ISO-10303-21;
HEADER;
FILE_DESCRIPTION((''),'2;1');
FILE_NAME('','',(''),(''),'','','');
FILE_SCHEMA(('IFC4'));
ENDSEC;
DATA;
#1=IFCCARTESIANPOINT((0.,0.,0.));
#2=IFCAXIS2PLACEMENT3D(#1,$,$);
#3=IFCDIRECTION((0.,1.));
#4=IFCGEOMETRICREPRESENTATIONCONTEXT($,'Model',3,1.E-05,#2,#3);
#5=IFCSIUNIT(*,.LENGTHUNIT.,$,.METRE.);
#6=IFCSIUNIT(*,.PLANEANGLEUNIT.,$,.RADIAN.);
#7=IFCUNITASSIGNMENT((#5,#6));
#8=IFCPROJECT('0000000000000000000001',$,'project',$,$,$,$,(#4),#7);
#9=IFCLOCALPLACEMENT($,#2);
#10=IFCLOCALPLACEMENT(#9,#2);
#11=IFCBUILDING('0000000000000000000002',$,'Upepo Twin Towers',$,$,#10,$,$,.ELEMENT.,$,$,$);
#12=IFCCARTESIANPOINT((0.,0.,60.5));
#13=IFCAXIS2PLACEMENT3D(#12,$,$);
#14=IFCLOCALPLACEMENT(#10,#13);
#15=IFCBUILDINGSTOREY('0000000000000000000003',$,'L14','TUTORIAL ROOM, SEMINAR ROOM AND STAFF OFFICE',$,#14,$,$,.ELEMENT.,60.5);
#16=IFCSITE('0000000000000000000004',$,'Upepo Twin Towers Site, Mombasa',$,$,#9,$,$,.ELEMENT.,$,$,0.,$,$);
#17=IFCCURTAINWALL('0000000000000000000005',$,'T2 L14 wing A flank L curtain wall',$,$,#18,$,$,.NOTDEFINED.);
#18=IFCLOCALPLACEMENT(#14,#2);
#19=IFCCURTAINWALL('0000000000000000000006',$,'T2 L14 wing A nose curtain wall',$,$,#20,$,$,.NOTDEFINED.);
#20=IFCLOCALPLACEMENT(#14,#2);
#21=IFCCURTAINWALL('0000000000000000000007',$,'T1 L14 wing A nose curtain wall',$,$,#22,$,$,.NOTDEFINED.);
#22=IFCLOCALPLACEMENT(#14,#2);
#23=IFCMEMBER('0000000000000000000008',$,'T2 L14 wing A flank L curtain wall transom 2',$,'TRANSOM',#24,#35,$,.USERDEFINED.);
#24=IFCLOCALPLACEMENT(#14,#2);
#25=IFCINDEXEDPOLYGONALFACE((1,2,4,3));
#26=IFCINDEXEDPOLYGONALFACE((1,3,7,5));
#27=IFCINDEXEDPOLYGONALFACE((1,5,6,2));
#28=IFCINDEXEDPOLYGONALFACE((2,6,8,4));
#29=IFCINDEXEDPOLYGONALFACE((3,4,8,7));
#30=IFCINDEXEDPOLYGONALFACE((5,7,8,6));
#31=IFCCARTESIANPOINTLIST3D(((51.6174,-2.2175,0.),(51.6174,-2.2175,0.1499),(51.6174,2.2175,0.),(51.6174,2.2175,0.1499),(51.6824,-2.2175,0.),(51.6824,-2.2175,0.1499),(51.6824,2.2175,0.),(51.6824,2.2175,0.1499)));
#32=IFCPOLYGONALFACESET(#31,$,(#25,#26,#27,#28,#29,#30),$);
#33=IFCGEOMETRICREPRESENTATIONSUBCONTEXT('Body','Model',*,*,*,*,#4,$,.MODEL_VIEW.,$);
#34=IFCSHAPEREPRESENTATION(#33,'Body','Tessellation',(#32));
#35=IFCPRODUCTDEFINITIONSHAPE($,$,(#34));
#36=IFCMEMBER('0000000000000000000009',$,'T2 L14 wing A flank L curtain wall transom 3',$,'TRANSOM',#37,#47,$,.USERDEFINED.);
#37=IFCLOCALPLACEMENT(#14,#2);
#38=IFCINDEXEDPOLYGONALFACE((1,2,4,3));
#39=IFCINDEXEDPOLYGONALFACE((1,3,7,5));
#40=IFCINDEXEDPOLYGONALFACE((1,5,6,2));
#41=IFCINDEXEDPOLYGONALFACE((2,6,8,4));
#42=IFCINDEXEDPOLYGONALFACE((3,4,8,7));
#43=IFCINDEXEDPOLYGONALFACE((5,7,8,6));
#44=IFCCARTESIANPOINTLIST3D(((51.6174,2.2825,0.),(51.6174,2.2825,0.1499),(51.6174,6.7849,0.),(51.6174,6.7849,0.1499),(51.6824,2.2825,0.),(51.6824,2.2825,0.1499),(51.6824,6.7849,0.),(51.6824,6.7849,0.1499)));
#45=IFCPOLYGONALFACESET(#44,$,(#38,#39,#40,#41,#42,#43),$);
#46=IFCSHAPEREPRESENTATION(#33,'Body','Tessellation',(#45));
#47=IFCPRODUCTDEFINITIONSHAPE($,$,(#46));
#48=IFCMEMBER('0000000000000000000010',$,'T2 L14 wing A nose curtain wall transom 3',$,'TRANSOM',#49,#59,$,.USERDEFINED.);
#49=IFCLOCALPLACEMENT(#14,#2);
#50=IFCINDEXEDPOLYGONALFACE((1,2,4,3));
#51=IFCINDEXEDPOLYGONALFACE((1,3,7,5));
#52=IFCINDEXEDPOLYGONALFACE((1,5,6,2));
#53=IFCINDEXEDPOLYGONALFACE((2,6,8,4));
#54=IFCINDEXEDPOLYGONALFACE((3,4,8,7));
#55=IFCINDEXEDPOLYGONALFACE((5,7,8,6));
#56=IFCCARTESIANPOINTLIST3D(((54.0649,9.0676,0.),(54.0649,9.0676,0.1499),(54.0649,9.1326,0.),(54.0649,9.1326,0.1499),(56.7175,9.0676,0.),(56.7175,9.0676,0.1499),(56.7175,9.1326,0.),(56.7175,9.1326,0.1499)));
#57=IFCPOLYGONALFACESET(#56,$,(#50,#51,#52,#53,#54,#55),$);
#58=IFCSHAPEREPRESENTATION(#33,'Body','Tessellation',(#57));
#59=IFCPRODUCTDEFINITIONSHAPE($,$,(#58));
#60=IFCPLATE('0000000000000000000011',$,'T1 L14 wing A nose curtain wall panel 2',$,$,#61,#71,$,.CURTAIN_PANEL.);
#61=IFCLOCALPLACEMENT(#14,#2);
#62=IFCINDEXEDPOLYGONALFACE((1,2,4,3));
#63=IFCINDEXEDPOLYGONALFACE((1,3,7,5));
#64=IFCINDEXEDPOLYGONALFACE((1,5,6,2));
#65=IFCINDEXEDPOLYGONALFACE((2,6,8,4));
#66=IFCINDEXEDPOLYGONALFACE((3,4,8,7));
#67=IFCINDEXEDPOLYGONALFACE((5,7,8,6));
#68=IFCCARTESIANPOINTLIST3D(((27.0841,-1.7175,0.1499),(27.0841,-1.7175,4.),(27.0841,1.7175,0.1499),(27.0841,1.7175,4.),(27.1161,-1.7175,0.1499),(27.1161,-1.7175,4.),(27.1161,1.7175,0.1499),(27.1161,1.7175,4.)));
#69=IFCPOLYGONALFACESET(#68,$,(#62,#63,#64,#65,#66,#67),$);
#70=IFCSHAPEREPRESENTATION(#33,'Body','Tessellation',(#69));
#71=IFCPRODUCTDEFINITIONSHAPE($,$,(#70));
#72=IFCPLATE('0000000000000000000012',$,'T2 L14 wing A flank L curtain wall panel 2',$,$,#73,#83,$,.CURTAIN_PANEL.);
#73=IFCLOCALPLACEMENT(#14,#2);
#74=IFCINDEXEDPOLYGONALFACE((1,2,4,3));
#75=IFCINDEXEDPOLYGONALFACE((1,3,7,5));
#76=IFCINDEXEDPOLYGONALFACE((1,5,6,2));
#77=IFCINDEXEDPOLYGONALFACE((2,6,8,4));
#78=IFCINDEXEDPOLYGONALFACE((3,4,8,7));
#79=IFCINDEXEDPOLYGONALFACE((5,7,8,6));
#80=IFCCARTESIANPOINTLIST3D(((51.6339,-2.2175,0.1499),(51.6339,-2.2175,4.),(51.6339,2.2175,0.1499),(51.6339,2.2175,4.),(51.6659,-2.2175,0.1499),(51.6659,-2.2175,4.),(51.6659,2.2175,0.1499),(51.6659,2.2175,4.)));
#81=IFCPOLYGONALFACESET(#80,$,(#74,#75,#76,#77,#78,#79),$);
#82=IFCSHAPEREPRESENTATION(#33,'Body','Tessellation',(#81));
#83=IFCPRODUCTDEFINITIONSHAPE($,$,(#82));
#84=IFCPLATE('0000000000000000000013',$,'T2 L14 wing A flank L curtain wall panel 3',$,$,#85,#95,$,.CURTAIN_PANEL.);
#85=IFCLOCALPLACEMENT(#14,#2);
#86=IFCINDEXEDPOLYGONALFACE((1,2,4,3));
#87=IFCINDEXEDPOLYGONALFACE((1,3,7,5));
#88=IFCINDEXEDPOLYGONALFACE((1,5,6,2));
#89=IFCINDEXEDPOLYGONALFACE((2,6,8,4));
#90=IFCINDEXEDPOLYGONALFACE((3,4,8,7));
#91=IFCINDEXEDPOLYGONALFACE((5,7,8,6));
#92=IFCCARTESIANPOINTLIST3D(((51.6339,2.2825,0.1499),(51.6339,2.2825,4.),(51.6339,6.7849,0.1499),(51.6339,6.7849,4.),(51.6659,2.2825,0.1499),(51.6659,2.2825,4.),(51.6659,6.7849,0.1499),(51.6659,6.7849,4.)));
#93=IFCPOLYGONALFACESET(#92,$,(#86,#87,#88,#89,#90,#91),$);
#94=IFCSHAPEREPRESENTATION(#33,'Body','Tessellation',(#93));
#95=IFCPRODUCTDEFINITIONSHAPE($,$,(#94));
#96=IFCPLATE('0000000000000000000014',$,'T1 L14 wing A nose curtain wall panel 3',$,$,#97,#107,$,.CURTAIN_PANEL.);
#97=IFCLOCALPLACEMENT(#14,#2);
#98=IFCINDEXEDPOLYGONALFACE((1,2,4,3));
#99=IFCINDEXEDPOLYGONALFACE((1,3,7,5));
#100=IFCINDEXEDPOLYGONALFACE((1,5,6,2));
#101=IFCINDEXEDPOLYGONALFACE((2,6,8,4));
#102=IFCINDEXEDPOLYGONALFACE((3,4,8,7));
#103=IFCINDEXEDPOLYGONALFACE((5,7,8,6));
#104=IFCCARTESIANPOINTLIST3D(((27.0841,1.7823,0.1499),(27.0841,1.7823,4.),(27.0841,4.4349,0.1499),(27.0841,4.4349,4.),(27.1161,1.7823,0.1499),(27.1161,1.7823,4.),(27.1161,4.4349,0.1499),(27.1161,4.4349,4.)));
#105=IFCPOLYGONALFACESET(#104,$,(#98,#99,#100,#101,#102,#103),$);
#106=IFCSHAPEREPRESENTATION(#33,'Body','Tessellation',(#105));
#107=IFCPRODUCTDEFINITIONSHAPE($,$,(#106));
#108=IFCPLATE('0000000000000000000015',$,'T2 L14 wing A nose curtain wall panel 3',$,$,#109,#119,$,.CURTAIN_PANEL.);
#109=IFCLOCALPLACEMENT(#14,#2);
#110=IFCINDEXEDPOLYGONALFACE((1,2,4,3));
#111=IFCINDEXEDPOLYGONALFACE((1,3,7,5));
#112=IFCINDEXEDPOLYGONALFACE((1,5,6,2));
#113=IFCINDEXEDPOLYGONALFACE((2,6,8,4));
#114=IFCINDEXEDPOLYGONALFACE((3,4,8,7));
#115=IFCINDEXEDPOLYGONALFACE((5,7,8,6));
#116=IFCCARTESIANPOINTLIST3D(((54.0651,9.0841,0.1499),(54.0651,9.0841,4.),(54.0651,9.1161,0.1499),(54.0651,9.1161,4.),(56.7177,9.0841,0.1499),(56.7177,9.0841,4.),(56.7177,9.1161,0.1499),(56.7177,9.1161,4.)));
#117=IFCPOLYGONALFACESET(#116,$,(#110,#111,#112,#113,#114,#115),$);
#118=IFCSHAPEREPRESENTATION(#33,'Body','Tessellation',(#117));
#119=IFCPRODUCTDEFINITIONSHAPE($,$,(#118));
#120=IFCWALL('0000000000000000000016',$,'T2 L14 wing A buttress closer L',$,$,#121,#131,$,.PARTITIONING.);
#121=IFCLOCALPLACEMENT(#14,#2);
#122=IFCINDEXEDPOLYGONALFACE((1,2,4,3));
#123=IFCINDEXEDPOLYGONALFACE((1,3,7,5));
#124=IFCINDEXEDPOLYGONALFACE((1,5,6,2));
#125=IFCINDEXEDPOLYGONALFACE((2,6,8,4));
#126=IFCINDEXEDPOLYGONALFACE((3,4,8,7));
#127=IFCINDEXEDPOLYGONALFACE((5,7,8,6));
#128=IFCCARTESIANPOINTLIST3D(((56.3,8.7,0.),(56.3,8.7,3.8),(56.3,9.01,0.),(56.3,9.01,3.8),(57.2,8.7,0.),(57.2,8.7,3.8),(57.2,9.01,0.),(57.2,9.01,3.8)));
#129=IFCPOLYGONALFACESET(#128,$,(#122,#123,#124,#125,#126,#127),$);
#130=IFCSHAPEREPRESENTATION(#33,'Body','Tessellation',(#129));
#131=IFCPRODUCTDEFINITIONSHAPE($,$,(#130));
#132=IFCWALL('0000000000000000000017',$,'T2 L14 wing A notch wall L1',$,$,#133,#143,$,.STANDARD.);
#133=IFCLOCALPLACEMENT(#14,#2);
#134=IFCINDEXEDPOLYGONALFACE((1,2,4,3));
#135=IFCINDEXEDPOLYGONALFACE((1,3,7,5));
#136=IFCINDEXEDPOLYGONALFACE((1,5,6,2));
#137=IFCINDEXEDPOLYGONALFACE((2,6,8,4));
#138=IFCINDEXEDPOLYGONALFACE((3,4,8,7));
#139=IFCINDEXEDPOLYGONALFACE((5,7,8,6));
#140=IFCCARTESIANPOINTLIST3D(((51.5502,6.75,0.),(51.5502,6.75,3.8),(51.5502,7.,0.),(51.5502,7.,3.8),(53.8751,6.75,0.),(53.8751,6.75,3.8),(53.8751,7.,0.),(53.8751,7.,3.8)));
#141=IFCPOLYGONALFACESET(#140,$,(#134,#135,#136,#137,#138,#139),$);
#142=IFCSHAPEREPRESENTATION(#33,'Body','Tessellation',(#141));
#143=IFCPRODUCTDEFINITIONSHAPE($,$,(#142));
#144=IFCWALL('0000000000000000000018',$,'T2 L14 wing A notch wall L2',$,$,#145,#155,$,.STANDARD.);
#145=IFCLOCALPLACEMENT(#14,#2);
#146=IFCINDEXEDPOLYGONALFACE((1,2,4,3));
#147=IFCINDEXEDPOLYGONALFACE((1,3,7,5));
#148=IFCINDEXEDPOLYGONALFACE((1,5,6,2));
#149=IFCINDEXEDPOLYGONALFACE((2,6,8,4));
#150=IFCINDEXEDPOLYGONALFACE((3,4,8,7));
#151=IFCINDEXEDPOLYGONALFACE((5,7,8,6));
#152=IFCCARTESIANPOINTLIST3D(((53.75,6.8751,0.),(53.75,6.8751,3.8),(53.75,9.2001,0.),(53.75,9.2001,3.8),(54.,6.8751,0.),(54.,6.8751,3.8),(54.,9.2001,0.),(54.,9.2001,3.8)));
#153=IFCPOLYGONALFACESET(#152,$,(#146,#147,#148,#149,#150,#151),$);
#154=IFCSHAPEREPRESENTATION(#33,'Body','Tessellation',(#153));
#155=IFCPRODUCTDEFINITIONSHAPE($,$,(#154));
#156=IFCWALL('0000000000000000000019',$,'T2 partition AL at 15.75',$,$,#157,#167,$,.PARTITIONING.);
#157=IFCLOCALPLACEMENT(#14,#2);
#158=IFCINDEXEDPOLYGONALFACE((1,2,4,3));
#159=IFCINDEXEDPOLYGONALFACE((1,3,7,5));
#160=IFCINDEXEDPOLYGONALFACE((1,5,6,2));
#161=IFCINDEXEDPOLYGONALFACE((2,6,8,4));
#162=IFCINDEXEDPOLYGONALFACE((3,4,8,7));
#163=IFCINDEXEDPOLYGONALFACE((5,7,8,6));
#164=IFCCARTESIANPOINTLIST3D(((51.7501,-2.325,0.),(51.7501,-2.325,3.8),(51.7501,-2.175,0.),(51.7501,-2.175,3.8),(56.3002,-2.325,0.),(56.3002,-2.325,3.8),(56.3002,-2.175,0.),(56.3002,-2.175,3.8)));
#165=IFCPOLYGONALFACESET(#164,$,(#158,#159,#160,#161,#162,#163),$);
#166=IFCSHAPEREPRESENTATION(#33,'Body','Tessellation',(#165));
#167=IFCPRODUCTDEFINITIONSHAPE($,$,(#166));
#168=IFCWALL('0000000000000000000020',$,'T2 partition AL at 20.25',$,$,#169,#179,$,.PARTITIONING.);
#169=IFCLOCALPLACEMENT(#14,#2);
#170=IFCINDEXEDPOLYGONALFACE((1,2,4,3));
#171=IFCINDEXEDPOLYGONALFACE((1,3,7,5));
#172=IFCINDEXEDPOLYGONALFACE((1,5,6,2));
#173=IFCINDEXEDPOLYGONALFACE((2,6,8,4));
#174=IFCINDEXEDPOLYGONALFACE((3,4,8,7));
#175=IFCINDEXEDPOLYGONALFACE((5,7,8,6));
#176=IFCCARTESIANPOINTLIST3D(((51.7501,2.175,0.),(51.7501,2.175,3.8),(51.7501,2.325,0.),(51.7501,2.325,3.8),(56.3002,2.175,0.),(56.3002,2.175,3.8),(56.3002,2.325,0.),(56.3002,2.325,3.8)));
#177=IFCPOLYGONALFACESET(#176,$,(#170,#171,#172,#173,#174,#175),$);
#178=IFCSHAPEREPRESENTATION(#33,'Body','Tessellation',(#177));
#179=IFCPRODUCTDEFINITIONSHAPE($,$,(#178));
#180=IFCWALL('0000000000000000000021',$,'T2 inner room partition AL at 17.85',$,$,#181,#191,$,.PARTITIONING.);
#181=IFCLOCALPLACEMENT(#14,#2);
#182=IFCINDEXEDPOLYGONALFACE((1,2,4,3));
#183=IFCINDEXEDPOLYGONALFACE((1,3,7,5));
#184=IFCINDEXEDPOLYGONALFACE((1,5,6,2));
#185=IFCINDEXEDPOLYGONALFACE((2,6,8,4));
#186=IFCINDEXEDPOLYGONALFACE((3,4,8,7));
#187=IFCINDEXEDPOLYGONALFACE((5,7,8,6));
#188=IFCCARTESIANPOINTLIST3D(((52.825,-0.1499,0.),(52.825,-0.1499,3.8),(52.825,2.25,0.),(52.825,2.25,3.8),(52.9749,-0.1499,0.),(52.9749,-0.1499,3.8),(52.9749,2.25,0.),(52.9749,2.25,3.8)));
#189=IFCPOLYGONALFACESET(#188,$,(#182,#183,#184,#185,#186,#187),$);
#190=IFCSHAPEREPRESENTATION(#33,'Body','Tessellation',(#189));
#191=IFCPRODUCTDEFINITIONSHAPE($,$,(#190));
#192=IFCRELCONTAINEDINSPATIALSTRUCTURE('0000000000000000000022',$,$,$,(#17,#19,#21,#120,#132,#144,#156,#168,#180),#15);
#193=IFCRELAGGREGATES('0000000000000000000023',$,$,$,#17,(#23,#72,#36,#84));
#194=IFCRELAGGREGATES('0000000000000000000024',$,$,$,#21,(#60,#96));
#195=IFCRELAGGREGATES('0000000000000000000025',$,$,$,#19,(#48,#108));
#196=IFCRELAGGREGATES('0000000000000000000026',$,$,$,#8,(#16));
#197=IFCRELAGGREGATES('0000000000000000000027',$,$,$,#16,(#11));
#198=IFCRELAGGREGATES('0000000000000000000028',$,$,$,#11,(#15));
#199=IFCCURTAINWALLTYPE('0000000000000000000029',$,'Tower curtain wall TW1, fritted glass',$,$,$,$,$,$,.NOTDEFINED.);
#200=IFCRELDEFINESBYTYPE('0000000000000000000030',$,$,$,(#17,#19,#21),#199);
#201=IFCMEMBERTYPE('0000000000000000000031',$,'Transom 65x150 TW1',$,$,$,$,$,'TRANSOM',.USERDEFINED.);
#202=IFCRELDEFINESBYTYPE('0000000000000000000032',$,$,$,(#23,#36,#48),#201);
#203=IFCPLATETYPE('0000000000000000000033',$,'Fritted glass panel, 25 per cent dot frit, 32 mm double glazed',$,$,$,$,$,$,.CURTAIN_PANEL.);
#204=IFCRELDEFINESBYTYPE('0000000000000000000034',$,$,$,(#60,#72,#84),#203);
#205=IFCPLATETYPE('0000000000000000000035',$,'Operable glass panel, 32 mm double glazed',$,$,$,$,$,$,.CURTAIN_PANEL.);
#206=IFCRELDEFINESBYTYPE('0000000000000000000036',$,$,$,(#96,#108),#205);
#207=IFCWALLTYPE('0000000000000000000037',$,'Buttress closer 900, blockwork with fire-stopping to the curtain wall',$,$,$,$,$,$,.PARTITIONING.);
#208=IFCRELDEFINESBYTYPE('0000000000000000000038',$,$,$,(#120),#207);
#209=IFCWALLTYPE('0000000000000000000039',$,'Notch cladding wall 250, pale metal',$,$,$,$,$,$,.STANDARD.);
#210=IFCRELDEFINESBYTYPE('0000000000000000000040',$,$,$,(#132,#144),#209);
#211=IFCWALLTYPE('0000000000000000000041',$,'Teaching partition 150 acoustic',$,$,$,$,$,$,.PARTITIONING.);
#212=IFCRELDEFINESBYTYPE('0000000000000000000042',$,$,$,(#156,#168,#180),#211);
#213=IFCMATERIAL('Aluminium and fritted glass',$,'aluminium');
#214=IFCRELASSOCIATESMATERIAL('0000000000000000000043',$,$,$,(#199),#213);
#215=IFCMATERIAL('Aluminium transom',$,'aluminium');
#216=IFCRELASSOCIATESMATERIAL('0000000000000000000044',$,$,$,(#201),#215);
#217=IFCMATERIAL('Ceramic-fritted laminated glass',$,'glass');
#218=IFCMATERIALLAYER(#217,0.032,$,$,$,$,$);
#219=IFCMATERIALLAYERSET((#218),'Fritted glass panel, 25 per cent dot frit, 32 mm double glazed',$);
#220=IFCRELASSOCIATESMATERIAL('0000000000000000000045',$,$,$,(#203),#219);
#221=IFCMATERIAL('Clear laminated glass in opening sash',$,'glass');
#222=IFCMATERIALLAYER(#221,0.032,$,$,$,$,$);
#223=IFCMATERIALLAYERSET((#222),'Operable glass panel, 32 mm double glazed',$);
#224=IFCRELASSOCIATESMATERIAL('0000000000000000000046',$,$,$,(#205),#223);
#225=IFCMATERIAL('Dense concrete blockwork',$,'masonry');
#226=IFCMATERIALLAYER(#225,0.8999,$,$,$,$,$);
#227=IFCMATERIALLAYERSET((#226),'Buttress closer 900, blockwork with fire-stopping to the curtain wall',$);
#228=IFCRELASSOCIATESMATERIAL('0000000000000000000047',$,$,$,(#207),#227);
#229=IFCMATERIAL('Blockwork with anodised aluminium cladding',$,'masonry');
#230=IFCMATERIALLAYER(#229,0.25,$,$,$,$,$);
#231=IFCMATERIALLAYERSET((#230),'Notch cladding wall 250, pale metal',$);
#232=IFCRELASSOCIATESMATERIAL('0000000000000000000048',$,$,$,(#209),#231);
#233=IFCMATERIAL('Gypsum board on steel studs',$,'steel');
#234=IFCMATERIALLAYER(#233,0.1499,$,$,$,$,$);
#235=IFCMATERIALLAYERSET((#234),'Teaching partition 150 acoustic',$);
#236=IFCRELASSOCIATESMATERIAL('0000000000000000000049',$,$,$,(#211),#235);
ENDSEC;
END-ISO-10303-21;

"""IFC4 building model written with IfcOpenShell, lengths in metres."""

from ifc_helpers import new_model, si_unit, direction, frame, frame_2d, origin, origin_2d, place, context, subcontext, project, spatial, rectangle, extrude, material, layer, layer_set, material_profile, profile_set, type_object, element, aggregate, save


model = new_model("IFC4")

# Units and contexts
model_context = context("Model", 3, precision=1e-05, world=origin(), true_north=direction((0.0, 1.0)))
body_context = subcontext(model_context, "Body", "Model", "MODEL_VIEW")
ifc_project = project(units=[si_unit("LENGTHUNIT", "METRE"), si_unit("PLANEANGLEUNIT", "RADIAN")], contexts=[model_context])

# Site, building, storey
site_placement = place(None, origin())
site = spatial("IfcSite", under=ifc_project, at=site_placement, Name="Upepo Twin Towers Site, Mombasa", CompositionType="ELEMENT", RefElevation=0.0)
building_placement = place(site_placement, origin())
building = spatial("IfcBuilding", under=site, at=building_placement, Name="Upepo Twin Towers", CompositionType="ELEMENT")
storey_placement = place(building_placement, frame((0.0, 0.0, 60.5)))
storey = spatial("IfcBuildingStorey", under=building, at=storey_placement, Name="L14", Description="TUTORIAL ROOM, SEMINAR ROOM AND STAFF OFFICE", CompositionType="ELEMENT", Elevation=60.5)

# Curtain walls
ifc_material_1 = material(Name="Aluminium and fritted glass", Category="aluminium")
curtain_wall_type = type_object("IfcCurtainWallType", Name="Tower curtain wall TW1, fritted glass", PredefinedType="NOTDEFINED", material=ifc_material_1)
curtain_wall_1_placement = place(storey_placement, origin())
curtain_wall_1 = element("IfcCurtainWall", 1, at=curtain_wall_1_placement, inside=storey, type_object=curtain_wall_type, Name="T2 L14 wing A flank L curtain wall", PredefinedType="NOTDEFINED")
curtain_wall_2_placement = place(storey_placement, origin())
curtain_wall_2 = element("IfcCurtainWall", 2, at=curtain_wall_2_placement, inside=storey, type_object=curtain_wall_type, Name="T2 L14 wing A nose curtain wall", PredefinedType="NOTDEFINED")
curtain_wall_3_placement = place(storey_placement, origin())
curtain_wall_3 = element("IfcCurtainWall", 3, at=curtain_wall_3_placement, inside=storey, type_object=curtain_wall_type, Name="T1 L14 wing A nose curtain wall", PredefinedType="NOTDEFINED")
ifc_material_2 = material(Name="Aluminium transom", Category="aluminium")
ifc_material_profile_1 = material_profile(ifc_material_2, rectangle(XDim=0.0649, YDim=0.1499, at=origin_2d()), Name="TRANSOM 65x150")
ifc_profile_set_1 = profile_set([ifc_material_profile_1], Name="Aluminium transom")
member_type_1 = type_object("IfcMemberType", Name="Transom 65x150 TW1", ElementType="TRANSOM", PredefinedType="USERDEFINED", material=ifc_profile_set_1)

# Members
member_1_placement = place(storey_placement, frame((51.6499, -2.2175, 0.075), z_axis=(0.0, 1.0, 0.0), x_axis=(-1.0, 0.0, 0.0)))
member_1 = element("IfcMember", 4, at=member_1_placement, type_object=member_type_1, Name="T2 L14 wing A flank L curtain wall transom 2", ObjectType="TRANSOM", PredefinedType="USERDEFINED", context=body_context, shape_type="SweptSolid", body=[
    extrude(rectangle(XDim=0.0649, YDim=0.1499, at=origin_2d()), origin(), (0.0, 0.0, 1.0), 4.4351),
])
member_2_placement = place(storey_placement, frame((51.6499, 2.2825, 0.075), z_axis=(0.0, 1.0, 0.0), x_axis=(-1.0, 0.0, 0.0)))
member_2 = element("IfcMember", 5, at=member_2_placement, type_object=member_type_1, Name="T2 L14 wing A flank L curtain wall transom 3", ObjectType="TRANSOM", PredefinedType="USERDEFINED", context=body_context, shape_type="SweptSolid", body=[
    extrude(rectangle(XDim=0.0649, YDim=0.1499, at=origin_2d()), origin(), (0.0, 0.0, 1.0), 4.5024),
])
member_3_placement = place(storey_placement, frame((56.7175, 9.1001, 0.075), z_axis=(-1.0, 0.0, 0.0), x_axis=(0.0, -1.0, 0.0)))
member_3 = element("IfcMember", 6, at=member_3_placement, type_object=member_type_1, Name="T2 L14 wing A nose curtain wall transom 3", ObjectType="TRANSOM", PredefinedType="USERDEFINED", context=body_context, shape_type="SweptSolid", body=[
    extrude(rectangle(XDim=0.0649, YDim=0.1499, at=origin_2d()), origin(), (0.0, 0.0, 1.0), 2.6526),
])

# Plates
ifc_material_3 = material(Name="Ceramic-fritted laminated glass", Category="glass")
ifc_layer_1 = layer(ifc_material_3, 0.032)
ifc_layer_set_1 = layer_set([ifc_layer_1], Name="Fritted glass panel, 25 per cent dot frit, 32 mm double glazed")
plate_type_1 = type_object("IfcPlateType", Name="Fritted glass panel, 25 per cent dot frit, 32 mm double glazed", PredefinedType="CURTAIN_PANEL", material=ifc_layer_set_1)
plate_1_placement = place(storey_placement, frame((27.1001, 0.0, 0.1499), z_axis=(0.0, 0.0, 1.0), x_axis=(0.0, 1.0, 0.0)))
plate_1 = element("IfcPlate", 7, at=plate_1_placement, type_object=plate_type_1, Name="T1 L14 wing A nose curtain wall panel 2", PredefinedType="CURTAIN_PANEL", context=body_context, shape_type="SweptSolid", body=[
    extrude(rectangle(XDim=3.4351, YDim=0.032, at=origin_2d()), origin(), (0.0, 0.0, 1.0), 3.8501),
])
plate_2_placement = place(storey_placement, frame((51.6499, 0.0, 0.1499), z_axis=(0.0, 0.0, 1.0), x_axis=(0.0, 1.0, 0.0)))
plate_2 = element("IfcPlate", 8, at=plate_2_placement, type_object=plate_type_1, Name="T2 L14 wing A flank L curtain wall panel 2", PredefinedType="CURTAIN_PANEL", context=body_context, shape_type="SweptSolid", body=[
    extrude(rectangle(XDim=4.4351, YDim=0.032, at=origin_2d()), origin(), (0.0, 0.0, 1.0), 3.8501),
])
plate_3_placement = place(storey_placement, frame((51.6499, 4.5337, 0.1499), z_axis=(0.0, 0.0, 1.0), x_axis=(0.0, 1.0, 0.0)))
plate_3 = element("IfcPlate", 9, at=plate_3_placement, type_object=plate_type_1, Name="T2 L14 wing A flank L curtain wall panel 3", PredefinedType="CURTAIN_PANEL", context=body_context, shape_type="SweptSolid", body=[
    extrude(rectangle(XDim=4.5024, YDim=0.032, at=origin_2d()), origin(), (0.0, 0.0, 1.0), 3.8501),
])
aggregate(curtain_wall_1, [member_1, plate_2, member_2, plate_3])
ifc_material_4 = material(Name="Clear laminated glass in opening sash", Category="glass")
ifc_layer_2 = layer(ifc_material_4, 0.032)
ifc_layer_set_2 = layer_set([ifc_layer_2], Name="Operable glass panel, 32 mm double glazed")
plate_type_2 = type_object("IfcPlateType", Name="Operable glass panel, 32 mm double glazed", PredefinedType="CURTAIN_PANEL", material=ifc_layer_set_2)
plate_4_placement = place(storey_placement, frame((27.1001, 3.1086, 0.1499), z_axis=(0.0, 0.0, 1.0), x_axis=(0.0, 1.0, 0.0)))
plate_4 = element("IfcPlate", 10, at=plate_4_placement, type_object=plate_type_2, Name="T1 L14 wing A nose curtain wall panel 3", PredefinedType="CURTAIN_PANEL", context=body_context, shape_type="SweptSolid", body=[
    extrude(rectangle(XDim=2.6526, YDim=0.032, at=origin_2d()), origin(), (0.0, 0.0, 1.0), 3.8501),
])
aggregate(curtain_wall_3, [plate_1, plate_4])
plate_5_placement = place(storey_placement, frame((55.3914, 9.1001, 0.1499), z_axis=(0.0, 0.0, 1.0), x_axis=(-1.0, 0.0, 0.0)))
plate_5 = element("IfcPlate", 11, at=plate_5_placement, type_object=plate_type_2, Name="T2 L14 wing A nose curtain wall panel 3", PredefinedType="CURTAIN_PANEL", context=body_context, shape_type="SweptSolid", body=[
    extrude(rectangle(XDim=2.6526, YDim=0.032, at=origin_2d()), origin(), (0.0, 0.0, 1.0), 3.8501),
])
aggregate(curtain_wall_2, [member_3, plate_5])

# Walls
ifc_material_5 = material(Name="Dense concrete blockwork", Category="masonry")
ifc_layer_3 = layer(ifc_material_5, 0.8999)
ifc_layer_set_3 = layer_set([ifc_layer_3], Name="Buttress closer 900, blockwork with fire-stopping to the curtain wall")
wall_type_1 = type_object("IfcWallType", Name="Buttress closer 900, blockwork with fire-stopping to the curtain wall", PredefinedType="PARTITIONING", material=ifc_layer_set_3)
wall_1_placement = place(storey_placement, frame((56.75, 8.7, 0.0), z_axis=(0.0, 0.0, 1.0), x_axis=(0.0, 1.0, 0.0)))
element("IfcWall", 12, at=wall_1_placement, inside=storey, type_object=wall_type_1, Name="T2 L14 wing A buttress closer L", PredefinedType="PARTITIONING", context=body_context, shape_type="SweptSolid", body=[
    extrude(rectangle(XDim=0.3101, YDim=0.8999, at=frame_2d((0.155, 0.0))), origin(), (0.0, 0.0, 1.0), 3.8),
])
ifc_material_6 = material(Name="Blockwork with anodised aluminium cladding", Category="masonry")
ifc_layer_4 = layer(ifc_material_6, 0.25)
ifc_layer_set_4 = layer_set([ifc_layer_4], Name="Notch cladding wall 250, pale metal")
wall_type_2 = type_object("IfcWallType", Name="Notch cladding wall 250, pale metal", PredefinedType="STANDARD", material=ifc_layer_set_4)
for number, where, z_axis, x_axis, name in (
    (13, (51.55, 6.875, 0.0), (0.0, 0.0, 1.0), (1.0, 0.0, 0.0), "T2 L14 wing A notch wall L1"),
    (14, (53.875, 6.875, 0.0), (0.0, 0.0, 1.0), (0.0, 1.0, 0.0), "T2 L14 wing A notch wall L2"),
):
    element("IfcWall", number, at=place(storey_placement, frame(where, z_axis=z_axis, x_axis=x_axis)), inside=storey, type_object=wall_type_2, Name=name, PredefinedType="STANDARD", context=body_context, shape_type="SweptSolid", body=[
        extrude(rectangle(XDim=2.325, YDim=0.25, at=frame_2d((1.1626, 0.0))), origin(), (0.0, 0.0, 1.0), 3.8),
    ])
ifc_material_7 = material(Name="Gypsum board on steel studs", Category="steel")
ifc_layer_5 = layer(ifc_material_7, 0.1499)
ifc_layer_set_5 = layer_set([ifc_layer_5], Name="Teaching partition 150 acoustic")
wall_type_3 = type_object("IfcWallType", Name="Teaching partition 150 acoustic", PredefinedType="PARTITIONING", material=ifc_layer_set_5)
for number, where, z_axis, x_axis, name in (
    (15, (56.3, -2.25, 0.0), (0.0, 0.0, 1.0), (-1.0, 0.0, 0.0), "T2 partition AL at 15.75"),
    (16, (56.3, 2.25, 0.0), (0.0, 0.0, 1.0), (-1.0, 0.0, 0.0), "T2 partition AL at 20.25"),
):
    element("IfcWall", number, at=place(storey_placement, frame(where, z_axis=z_axis, x_axis=x_axis)), inside=storey, type_object=wall_type_3, Name=name, PredefinedType="PARTITIONING", context=body_context, shape_type="SweptSolid", body=[
        extrude(rectangle(XDim=4.55, YDim=0.1499, at=frame_2d((2.2749, 0.0))), origin(), (0.0, 0.0, 1.0), 3.8),
    ])
wall_2_placement = place(storey_placement, frame((52.8999, -0.1499, 0.0), z_axis=(0.0, 0.0, 1.0), x_axis=(0.0, 1.0, 0.0)))
element("IfcWall", 17, at=wall_2_placement, inside=storey, type_object=wall_type_3, Name="T2 inner room partition AL at 17.85", PredefinedType="PARTITIONING", context=body_context, shape_type="SweptSolid", body=[
    extrude(rectangle(XDim=2.3999, YDim=0.1499, at=frame_2d((1.2, 0.0))), origin(), (0.0, 0.0, 1.0), 3.8),
])

save(model, "model.ifc")
